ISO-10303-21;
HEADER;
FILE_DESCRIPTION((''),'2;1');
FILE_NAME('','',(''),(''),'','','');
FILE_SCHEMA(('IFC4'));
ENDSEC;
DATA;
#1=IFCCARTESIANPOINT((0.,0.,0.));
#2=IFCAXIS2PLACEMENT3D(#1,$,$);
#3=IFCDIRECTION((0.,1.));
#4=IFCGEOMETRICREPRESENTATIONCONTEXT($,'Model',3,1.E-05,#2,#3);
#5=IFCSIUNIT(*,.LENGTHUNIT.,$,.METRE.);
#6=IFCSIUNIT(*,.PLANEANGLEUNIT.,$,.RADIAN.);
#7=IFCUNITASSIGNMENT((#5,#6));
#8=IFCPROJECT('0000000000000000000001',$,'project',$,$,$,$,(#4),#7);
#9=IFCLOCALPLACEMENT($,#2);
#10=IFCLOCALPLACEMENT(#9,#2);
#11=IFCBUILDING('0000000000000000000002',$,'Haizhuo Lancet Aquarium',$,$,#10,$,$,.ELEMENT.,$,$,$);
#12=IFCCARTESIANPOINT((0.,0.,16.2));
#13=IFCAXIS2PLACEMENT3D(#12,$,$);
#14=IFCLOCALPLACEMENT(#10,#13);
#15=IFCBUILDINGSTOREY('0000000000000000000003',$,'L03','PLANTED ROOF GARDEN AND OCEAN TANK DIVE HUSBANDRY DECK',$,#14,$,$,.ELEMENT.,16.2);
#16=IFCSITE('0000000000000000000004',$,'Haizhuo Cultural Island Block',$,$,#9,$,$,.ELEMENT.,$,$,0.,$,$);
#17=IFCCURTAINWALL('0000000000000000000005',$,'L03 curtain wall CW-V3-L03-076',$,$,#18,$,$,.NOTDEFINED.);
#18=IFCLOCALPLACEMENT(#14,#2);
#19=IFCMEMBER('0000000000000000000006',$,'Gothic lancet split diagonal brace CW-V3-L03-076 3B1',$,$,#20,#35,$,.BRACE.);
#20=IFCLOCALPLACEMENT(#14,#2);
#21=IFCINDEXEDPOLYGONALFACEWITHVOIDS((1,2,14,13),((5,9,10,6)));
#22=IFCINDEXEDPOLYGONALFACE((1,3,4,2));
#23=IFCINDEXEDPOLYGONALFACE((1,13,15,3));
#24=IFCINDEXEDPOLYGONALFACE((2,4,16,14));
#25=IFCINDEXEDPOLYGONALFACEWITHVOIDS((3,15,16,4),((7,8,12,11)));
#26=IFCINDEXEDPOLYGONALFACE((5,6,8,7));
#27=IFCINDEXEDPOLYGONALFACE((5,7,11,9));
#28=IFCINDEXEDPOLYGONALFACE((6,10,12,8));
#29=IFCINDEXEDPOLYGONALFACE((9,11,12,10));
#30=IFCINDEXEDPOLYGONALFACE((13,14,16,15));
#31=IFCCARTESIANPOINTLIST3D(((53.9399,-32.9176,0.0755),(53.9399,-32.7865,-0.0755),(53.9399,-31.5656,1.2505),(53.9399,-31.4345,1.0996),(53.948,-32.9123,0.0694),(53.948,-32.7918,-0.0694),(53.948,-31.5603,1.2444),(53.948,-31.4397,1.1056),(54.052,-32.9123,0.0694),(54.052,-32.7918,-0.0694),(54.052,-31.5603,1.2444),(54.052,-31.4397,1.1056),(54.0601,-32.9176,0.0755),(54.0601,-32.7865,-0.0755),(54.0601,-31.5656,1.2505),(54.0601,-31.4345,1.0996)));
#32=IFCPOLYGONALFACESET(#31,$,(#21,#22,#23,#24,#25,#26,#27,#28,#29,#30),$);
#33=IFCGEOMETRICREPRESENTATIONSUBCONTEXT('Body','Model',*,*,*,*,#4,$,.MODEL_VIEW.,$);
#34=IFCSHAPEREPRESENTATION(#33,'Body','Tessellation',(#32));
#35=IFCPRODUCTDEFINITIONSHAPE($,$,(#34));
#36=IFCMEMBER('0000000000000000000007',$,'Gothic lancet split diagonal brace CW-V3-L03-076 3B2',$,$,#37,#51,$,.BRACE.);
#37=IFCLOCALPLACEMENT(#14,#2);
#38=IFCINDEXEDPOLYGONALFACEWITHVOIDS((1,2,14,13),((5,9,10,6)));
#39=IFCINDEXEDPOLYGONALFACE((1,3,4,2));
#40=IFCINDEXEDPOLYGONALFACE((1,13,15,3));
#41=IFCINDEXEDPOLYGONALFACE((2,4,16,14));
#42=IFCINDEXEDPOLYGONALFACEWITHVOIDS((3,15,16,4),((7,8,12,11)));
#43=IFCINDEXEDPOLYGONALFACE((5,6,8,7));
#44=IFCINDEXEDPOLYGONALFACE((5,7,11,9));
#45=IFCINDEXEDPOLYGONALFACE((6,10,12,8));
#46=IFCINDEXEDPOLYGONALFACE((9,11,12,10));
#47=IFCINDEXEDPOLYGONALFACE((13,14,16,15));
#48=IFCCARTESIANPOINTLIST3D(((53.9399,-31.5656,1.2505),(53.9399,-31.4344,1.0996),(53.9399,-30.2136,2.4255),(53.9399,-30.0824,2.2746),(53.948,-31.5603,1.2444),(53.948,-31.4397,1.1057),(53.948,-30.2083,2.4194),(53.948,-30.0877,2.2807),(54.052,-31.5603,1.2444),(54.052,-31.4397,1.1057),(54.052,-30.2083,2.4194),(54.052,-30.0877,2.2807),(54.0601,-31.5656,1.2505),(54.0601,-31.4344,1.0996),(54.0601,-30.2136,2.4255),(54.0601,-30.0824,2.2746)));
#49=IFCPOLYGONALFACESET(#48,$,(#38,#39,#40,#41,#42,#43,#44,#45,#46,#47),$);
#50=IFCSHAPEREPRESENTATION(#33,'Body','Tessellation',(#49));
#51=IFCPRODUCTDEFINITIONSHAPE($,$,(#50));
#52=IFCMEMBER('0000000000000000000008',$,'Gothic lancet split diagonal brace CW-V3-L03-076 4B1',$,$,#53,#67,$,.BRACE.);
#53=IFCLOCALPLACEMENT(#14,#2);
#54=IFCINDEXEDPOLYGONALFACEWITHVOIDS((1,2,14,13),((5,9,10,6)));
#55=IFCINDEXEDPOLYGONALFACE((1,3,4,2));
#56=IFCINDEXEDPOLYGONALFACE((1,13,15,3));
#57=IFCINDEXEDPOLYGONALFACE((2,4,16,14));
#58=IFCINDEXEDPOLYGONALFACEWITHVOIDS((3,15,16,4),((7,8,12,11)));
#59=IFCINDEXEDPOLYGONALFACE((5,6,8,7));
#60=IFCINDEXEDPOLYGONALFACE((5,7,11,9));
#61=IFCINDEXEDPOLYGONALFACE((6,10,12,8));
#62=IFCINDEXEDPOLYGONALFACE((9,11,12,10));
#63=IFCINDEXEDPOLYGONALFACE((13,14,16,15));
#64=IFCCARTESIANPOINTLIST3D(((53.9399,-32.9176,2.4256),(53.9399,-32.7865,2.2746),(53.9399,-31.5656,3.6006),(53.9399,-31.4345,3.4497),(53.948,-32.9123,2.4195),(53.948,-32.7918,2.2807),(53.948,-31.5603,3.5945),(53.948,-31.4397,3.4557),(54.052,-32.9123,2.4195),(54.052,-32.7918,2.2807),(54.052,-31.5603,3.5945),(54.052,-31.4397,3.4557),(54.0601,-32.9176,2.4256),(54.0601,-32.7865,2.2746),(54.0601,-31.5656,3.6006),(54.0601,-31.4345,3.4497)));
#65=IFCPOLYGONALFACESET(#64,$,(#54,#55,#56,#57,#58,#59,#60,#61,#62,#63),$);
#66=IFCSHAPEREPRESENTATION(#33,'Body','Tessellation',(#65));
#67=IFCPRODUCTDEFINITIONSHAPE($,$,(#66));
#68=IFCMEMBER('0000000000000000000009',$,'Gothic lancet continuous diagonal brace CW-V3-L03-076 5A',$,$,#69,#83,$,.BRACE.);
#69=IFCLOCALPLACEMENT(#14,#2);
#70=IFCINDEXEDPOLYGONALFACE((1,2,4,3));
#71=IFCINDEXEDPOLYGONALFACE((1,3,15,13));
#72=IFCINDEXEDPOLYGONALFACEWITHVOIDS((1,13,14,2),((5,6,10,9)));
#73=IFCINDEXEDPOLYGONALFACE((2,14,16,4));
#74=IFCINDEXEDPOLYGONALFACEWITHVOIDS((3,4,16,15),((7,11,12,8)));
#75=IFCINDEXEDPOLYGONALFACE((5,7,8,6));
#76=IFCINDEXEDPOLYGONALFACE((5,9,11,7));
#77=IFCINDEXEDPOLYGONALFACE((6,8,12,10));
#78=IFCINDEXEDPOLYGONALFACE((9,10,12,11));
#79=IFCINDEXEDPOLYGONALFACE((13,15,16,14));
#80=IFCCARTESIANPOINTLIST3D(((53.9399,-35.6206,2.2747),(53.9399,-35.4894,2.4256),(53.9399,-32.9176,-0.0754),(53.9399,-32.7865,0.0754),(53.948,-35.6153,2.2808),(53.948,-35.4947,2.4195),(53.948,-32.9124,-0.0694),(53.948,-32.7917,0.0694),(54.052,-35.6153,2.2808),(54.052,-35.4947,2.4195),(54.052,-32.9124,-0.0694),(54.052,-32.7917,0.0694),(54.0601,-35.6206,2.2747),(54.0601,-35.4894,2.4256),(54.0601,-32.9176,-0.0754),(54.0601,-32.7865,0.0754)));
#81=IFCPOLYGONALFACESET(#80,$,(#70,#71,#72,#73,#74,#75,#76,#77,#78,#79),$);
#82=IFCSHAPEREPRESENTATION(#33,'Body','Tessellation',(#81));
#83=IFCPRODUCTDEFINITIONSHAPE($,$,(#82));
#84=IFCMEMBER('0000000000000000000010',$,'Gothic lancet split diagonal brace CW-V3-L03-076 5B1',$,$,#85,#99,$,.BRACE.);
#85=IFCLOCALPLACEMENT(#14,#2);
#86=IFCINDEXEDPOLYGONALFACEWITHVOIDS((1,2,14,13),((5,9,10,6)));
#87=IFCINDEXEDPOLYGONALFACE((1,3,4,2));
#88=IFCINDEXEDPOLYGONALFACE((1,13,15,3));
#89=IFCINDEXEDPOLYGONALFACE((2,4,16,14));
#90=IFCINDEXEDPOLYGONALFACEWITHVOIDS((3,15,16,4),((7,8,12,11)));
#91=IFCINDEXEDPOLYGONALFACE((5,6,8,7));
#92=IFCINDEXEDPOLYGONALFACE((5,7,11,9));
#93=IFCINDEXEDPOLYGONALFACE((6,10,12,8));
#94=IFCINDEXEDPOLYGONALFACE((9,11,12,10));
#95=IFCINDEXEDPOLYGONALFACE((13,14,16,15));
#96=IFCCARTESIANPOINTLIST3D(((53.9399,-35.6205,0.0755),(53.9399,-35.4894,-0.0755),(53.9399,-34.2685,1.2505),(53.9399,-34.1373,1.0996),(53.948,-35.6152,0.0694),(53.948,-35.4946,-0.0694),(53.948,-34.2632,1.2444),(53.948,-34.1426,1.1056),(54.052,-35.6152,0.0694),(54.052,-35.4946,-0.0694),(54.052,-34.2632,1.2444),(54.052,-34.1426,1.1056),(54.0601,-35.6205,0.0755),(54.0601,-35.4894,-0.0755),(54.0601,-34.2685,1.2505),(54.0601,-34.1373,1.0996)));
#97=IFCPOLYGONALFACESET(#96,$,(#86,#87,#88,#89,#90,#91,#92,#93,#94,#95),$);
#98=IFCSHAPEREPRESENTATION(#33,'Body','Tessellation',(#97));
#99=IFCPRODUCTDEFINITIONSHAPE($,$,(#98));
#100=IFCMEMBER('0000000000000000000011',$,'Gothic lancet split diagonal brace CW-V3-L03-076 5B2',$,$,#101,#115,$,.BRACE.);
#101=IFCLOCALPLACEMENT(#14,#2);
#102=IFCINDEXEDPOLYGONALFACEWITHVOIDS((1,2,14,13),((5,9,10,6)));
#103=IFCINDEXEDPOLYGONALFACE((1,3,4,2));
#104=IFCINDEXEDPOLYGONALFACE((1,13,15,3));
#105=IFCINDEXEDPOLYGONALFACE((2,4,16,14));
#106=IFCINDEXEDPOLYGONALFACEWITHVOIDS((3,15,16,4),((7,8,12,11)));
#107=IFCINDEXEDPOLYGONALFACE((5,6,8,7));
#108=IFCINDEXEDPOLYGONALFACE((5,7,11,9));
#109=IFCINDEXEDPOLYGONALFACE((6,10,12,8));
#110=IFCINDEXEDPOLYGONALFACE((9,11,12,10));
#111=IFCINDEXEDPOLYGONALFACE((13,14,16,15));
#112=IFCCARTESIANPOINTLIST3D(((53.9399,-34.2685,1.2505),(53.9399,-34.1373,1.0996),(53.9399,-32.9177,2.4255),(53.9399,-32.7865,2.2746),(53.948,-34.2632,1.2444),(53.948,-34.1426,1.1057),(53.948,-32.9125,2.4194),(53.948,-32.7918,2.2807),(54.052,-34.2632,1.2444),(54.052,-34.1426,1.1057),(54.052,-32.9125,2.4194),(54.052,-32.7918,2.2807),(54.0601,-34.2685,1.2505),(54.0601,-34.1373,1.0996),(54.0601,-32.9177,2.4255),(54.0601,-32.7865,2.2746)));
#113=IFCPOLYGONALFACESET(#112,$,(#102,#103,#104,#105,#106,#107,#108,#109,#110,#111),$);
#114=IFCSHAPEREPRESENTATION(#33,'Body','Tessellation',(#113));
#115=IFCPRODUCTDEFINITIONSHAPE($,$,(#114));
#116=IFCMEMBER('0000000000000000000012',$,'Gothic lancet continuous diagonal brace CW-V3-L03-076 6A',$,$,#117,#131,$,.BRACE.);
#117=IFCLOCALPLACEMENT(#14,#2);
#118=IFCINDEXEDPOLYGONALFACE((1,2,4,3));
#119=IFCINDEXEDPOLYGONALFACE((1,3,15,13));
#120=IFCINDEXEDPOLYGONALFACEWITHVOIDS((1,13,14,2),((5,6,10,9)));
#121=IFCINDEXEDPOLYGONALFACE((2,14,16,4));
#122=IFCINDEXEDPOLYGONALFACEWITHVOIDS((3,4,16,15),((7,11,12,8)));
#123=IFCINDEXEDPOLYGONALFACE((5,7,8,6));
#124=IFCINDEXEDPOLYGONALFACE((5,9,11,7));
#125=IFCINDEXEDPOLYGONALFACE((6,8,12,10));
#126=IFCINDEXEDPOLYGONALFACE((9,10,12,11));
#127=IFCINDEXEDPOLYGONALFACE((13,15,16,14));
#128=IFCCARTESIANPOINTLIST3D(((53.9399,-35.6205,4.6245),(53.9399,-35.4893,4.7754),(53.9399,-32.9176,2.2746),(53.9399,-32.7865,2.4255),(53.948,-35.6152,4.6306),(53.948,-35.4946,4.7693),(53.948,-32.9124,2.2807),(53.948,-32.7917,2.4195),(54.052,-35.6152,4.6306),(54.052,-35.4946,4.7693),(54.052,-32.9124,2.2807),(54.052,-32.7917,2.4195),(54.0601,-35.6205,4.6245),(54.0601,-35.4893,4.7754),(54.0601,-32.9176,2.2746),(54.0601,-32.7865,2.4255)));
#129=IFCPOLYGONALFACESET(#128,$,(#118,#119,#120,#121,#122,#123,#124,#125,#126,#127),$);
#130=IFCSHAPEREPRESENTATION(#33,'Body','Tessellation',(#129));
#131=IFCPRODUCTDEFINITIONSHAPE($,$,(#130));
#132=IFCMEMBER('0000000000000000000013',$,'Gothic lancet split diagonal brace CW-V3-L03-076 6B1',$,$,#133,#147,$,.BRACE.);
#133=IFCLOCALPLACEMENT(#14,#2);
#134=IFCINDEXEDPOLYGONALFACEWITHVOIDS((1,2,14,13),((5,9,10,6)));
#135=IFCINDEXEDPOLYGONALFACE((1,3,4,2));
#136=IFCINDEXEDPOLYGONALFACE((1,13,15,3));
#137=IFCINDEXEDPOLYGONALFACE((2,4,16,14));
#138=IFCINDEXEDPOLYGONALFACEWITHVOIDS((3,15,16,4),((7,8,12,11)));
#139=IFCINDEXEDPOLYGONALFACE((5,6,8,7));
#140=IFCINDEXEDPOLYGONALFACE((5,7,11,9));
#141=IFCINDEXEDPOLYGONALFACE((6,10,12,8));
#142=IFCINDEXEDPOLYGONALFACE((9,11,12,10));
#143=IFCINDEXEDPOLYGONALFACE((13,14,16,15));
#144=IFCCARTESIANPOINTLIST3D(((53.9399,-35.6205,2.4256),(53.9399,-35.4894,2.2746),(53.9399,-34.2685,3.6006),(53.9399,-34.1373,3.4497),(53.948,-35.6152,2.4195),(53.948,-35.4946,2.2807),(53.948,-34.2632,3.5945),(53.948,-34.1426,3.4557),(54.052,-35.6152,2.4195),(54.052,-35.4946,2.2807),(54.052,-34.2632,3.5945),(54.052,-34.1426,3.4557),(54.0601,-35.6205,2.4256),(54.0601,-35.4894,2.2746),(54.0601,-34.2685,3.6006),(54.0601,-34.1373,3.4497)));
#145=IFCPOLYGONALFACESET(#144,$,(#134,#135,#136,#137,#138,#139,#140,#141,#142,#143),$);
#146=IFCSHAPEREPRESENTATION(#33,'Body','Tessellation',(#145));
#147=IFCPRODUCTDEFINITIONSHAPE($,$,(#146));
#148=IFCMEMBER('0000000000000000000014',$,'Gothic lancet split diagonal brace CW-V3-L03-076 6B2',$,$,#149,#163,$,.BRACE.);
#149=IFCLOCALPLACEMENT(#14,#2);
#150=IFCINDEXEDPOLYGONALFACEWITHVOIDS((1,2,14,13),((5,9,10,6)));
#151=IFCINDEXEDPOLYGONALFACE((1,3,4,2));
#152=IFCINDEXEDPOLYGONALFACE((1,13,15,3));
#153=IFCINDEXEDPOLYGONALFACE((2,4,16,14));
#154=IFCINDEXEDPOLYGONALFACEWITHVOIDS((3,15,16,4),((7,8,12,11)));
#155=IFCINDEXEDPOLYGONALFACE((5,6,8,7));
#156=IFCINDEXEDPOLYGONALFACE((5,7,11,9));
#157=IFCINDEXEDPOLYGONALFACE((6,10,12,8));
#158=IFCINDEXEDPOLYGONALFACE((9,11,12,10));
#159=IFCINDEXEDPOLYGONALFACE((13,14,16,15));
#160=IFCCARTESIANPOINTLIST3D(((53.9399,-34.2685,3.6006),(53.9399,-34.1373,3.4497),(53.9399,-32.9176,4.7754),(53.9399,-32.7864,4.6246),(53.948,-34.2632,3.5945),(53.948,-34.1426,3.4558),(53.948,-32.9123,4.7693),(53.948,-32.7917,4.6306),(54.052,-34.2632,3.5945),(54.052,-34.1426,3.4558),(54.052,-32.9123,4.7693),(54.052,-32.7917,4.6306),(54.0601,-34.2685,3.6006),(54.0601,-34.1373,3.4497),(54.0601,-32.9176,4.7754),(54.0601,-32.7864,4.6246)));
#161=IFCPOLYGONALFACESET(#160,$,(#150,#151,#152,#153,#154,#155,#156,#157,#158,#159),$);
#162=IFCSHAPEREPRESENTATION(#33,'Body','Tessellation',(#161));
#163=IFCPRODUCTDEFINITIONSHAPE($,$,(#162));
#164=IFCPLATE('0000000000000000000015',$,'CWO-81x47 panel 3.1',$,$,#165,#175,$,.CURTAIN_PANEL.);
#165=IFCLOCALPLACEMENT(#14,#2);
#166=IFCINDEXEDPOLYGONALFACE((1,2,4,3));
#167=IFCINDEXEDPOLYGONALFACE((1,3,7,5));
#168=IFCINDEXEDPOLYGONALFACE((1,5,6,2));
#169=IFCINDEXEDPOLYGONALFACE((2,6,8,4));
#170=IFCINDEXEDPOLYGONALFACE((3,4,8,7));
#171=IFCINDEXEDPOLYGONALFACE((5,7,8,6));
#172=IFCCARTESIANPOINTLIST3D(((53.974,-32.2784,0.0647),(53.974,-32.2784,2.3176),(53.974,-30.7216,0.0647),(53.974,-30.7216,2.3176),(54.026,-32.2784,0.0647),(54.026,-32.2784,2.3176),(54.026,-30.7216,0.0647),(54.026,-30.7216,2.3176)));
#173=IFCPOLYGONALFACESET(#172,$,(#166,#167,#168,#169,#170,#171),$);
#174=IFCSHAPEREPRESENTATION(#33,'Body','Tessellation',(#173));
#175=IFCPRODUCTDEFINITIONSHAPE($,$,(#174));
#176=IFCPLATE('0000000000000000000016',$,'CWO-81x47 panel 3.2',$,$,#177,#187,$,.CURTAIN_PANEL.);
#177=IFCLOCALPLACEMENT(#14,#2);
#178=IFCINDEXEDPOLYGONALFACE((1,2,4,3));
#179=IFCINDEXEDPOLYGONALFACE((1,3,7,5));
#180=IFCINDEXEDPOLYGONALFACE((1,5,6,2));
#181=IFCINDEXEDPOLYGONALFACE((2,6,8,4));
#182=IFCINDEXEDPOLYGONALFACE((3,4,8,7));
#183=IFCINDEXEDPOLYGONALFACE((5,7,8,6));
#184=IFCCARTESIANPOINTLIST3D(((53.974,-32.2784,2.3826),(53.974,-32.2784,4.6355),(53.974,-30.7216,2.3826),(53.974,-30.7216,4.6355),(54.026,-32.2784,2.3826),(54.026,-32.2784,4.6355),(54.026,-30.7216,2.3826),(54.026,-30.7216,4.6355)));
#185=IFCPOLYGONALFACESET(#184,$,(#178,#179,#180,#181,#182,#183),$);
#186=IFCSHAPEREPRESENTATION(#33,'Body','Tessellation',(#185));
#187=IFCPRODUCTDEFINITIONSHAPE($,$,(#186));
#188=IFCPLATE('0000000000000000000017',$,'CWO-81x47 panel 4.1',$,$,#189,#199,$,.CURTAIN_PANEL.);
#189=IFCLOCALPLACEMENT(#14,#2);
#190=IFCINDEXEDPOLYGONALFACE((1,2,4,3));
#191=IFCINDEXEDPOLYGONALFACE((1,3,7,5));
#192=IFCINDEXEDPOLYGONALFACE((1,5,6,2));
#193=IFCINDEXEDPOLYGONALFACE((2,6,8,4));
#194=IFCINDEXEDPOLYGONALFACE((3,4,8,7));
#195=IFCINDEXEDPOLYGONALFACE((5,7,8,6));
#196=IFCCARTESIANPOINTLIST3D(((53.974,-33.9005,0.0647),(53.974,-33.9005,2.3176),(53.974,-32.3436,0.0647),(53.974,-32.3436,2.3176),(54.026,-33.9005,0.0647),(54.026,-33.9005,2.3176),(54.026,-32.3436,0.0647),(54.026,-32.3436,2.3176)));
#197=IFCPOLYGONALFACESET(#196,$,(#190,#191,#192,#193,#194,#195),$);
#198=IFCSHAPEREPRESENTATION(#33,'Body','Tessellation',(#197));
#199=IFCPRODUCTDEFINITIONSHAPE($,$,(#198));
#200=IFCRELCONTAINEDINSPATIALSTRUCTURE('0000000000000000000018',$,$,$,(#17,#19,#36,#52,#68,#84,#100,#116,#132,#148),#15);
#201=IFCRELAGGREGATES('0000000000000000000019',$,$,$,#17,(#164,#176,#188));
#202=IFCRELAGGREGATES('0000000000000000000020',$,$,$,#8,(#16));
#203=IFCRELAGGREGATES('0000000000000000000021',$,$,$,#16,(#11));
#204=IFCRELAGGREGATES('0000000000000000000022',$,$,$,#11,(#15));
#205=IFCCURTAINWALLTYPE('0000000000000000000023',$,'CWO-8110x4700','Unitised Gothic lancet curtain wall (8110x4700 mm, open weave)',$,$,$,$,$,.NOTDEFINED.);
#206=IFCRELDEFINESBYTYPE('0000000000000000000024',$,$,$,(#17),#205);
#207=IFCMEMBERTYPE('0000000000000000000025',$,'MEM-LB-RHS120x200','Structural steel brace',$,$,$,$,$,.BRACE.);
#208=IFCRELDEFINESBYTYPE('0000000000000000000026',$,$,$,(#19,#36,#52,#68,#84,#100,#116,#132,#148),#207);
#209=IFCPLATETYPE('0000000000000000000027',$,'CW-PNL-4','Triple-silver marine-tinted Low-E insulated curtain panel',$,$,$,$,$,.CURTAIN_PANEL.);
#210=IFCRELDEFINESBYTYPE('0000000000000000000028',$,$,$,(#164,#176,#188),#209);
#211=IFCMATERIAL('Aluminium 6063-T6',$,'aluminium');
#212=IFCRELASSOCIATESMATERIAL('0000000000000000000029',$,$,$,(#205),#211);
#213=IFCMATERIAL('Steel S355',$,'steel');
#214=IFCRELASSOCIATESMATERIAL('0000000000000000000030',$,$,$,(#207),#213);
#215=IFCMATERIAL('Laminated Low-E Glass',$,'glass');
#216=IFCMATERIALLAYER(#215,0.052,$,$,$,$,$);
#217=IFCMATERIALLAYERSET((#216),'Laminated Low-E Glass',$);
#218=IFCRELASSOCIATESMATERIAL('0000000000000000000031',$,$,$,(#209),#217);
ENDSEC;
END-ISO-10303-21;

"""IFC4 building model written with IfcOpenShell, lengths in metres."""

from ifc_helpers import new_model, si_unit, direction, frame, origin, origin_2d, place, context, subcontext, project, spatial, rectangle, hollow_rectangle, extrude, material, layer, layer_set, material_profile, profile_set, type_object, element, aggregate, save


model = new_model("IFC4")

# Units and contexts
model_context = context("Model", 3, precision=1e-05, world=origin(), true_north=direction((0.0, 1.0)))
body_context = subcontext(model_context, "Body", "Model", "MODEL_VIEW")
ifc_project = project(units=[si_unit("LENGTHUNIT", "METRE"), si_unit("PLANEANGLEUNIT", "RADIAN")], contexts=[model_context])

# Site, building, storey
site_placement = place(None, origin())
site = spatial("IfcSite", under=ifc_project, at=site_placement, Name="Haizhuo Cultural Island Block", CompositionType="ELEMENT", RefElevation=0.0)
building_placement = place(site_placement, origin())
building = spatial("IfcBuilding", under=site, at=building_placement, Name="Haizhuo Lancet Aquarium", CompositionType="ELEMENT")
storey_placement = place(building_placement, frame((0.0, 0.0, 16.2)))
storey = spatial("IfcBuildingStorey", under=building, at=storey_placement, Name="L03", Description="PLANTED ROOF GARDEN AND OCEAN TANK DIVE HUSBANDRY DECK", CompositionType="ELEMENT", Elevation=16.2)

# Curtain wall
ifc_material_1 = material(Name="Aluminium 6063-T6", Category="aluminium")
curtain_wall_type = type_object("IfcCurtainWallType", Name="CWO-8110x4700", Description="Unitised Gothic lancet curtain wall (8110x4700 mm, open weave)", PredefinedType="NOTDEFINED", material=ifc_material_1)
curtain_wall_placement = place(storey_placement, origin())
curtain_wall = element("IfcCurtainWall", 1, at=curtain_wall_placement, inside=storey, type_object=curtain_wall_type, Name="L03 curtain wall CW-V3-L03-076", PredefinedType="NOTDEFINED")

# Members
ifc_material_2 = material(Name="Steel S355", Category="steel")
ifc_material_profile_1 = material_profile(ifc_material_2, hollow_rectangle(XDim=0.1201, YDim=0.2, WallThickness=0.0081, at=origin_2d()), Name="RHS 120x200x8")
ifc_profile_set_1 = profile_set([ifc_material_profile_1], Name="Steel S355")
member_type_1 = type_object("IfcMemberType", Name="MEM-LB-RHS120x200", Description="Structural steel brace", PredefinedType="BRACE", material=ifc_profile_set_1)
for number, where, z_axis, x_axis, name in (
    (2, (54.0, -32.8521, 0.0), (0.0, 0.754784, 0.655973), (-1.0, 0.0, 0.0), "Gothic lancet split diagonal brace CW-V3-L03-076 3B1"),
    (3, (54.0, -31.5, 1.175), (0.0, 0.754784, 0.655973), (-1.0, 0.0, 0.0), "Gothic lancet split diagonal brace CW-V3-L03-076 3B2"),
    (4, (54.0, -32.8521, 2.3501), (0.0, 0.754784, 0.655973), (-1.0, 0.0, 0.0), "Gothic lancet split diagonal brace CW-V3-L03-076 4B1"),
):
    element("IfcMember", number, at=place(storey_placement, frame(where, z_axis=z_axis, x_axis=x_axis)), inside=storey, type_object=member_type_1, Name=name, PredefinedType="BRACE", context=body_context, shape_type="SweptSolid", body=[
        extrude(hollow_rectangle(XDim=0.1201, YDim=0.2, WallThickness=0.0081, at=origin_2d()), origin(), (0.0, 0.0, 1.0), 1.7913),
    ])
member_1_placement = place(storey_placement, frame((54.0, -32.8521, 0.0), z_axis=(0.0, -0.754638, 0.656142), x_axis=(1.0, 0.0, 0.0)))
element("IfcMember", 5, at=member_1_placement, inside=storey, type_object=member_type_1, Name="Gothic lancet continuous diagonal brace CW-V3-L03-076 5A", PredefinedType="BRACE", context=body_context, shape_type="SweptSolid", body=[
    extrude(hollow_rectangle(XDim=0.1201, YDim=0.2, WallThickness=0.0081, at=origin_2d()), origin(), (0.0, 0.0, 1.0), 3.5818),
])
member_2_placement = place(storey_placement, frame((54.0, -35.5549, 0.0), z_axis=(0.0, 0.754784, 0.655973), x_axis=(-1.0, 0.0, 0.0)))
element("IfcMember", 6, at=member_2_placement, inside=storey, type_object=member_type_1, Name="Gothic lancet split diagonal brace CW-V3-L03-076 5B1", PredefinedType="BRACE", context=body_context, shape_type="SweptSolid", body=[
    extrude(hollow_rectangle(XDim=0.1201, YDim=0.2, WallThickness=0.0081, at=origin_2d()), origin(), (0.0, 0.0, 1.0), 1.7913),
])
member_3_placement = place(storey_placement, frame((54.0, -34.2029, 1.175), z_axis=(0.0, 0.754491, 0.65631), x_axis=(-1.0, 0.0, 0.0)))
element("IfcMember", 7, at=member_3_placement, inside=storey, type_object=member_type_1, Name="Gothic lancet split diagonal brace CW-V3-L03-076 5B2", PredefinedType="BRACE", context=body_context, shape_type="SweptSolid", body=[
    extrude(hollow_rectangle(XDim=0.1201, YDim=0.2, WallThickness=0.0081, at=origin_2d()), origin(), (0.0, 0.0, 1.0), 1.7903),
])
member_4_placement = place(storey_placement, frame((54.0, -32.8521, 2.3501), z_axis=(0.0, -0.754672, 0.656103), x_axis=(1.0, 0.0, 0.0)))
element("IfcMember", 8, at=member_4_placement, inside=storey, type_object=member_type_1, Name="Gothic lancet continuous diagonal brace CW-V3-L03-076 6A", PredefinedType="BRACE", context=body_context, shape_type="SweptSolid", body=[
    extrude(hollow_rectangle(XDim=0.1201, YDim=0.2, WallThickness=0.0081, at=origin_2d()), origin(), (0.0, 0.0, 1.0), 3.5815),
])
member_5_placement = place(storey_placement, frame((54.0, -35.5549, 2.3501), z_axis=(0.0, 0.754784, 0.655973), x_axis=(-1.0, 0.0, 0.0)))
element("IfcMember", 9, at=member_5_placement, inside=storey, type_object=member_type_1, Name="Gothic lancet split diagonal brace CW-V3-L03-076 6B1", PredefinedType="BRACE", context=body_context, shape_type="SweptSolid", body=[
    extrude(hollow_rectangle(XDim=0.1201, YDim=0.2, WallThickness=0.0081, at=origin_2d()), origin(), (0.0, 0.0, 1.0), 1.7913),
])
member_6_placement = place(storey_placement, frame((54.0, -34.2029, 3.5251), z_axis=(0.0, 0.754559, 0.656233), x_axis=(-1.0, 0.0, 0.0)))
element("IfcMember", 10, at=member_6_placement, inside=storey, type_object=member_type_1, Name="Gothic lancet split diagonal brace CW-V3-L03-076 6B2", PredefinedType="BRACE", context=body_context, shape_type="SweptSolid", body=[
    extrude(hollow_rectangle(XDim=0.1201, YDim=0.2, WallThickness=0.0081, at=origin_2d()), origin(), (0.0, 0.0, 1.0), 1.7903),
])

# Plates
ifc_material_3 = material(Name="Laminated Low-E Glass", Category="glass")
ifc_layer_1 = layer(ifc_material_3, 0.052)
ifc_layer_set_1 = layer_set([ifc_layer_1], Name="Laminated Low-E Glass")
plate_type = type_object("IfcPlateType", Name="CW-PNL-4", Description="Triple-silver marine-tinted Low-E insulated curtain panel", PredefinedType="CURTAIN_PANEL", material=ifc_layer_set_1)
plate_1_placement = place(storey_placement, frame((54.0, -31.5, 0.0647), z_axis=(0.0, 0.0, 1.0), x_axis=(0.0, -1.0, 0.0)))
plate_1 = element("IfcPlate", 11, at=plate_1_placement, type_object=plate_type, Name="CWO-81x47 panel 3.1", PredefinedType="CURTAIN_PANEL", context=body_context, shape_type="SweptSolid", body=[
    extrude(rectangle(XDim=1.5569, YDim=0.052, at=origin_2d()), origin(), (0.0, 0.0, 1.0), 2.2529),
])
plate_2_placement = place(storey_placement, frame((54.0, -31.5, 2.3826), z_axis=(0.0, 0.0, 1.0), x_axis=(0.0, -1.0, 0.0)))
plate_2 = element("IfcPlate", 12, at=plate_2_placement, type_object=plate_type, Name="CWO-81x47 panel 3.2", PredefinedType="CURTAIN_PANEL", context=body_context, shape_type="SweptSolid", body=[
    extrude(rectangle(XDim=1.5569, YDim=0.052, at=origin_2d()), origin(), (0.0, 0.0, 1.0), 2.2529),
])
plate_3_placement = place(storey_placement, frame((54.0, -33.1221, 0.0647), z_axis=(0.0, 0.0, 1.0), x_axis=(0.0, -1.0, 0.0)))
plate_3 = element("IfcPlate", 13, at=plate_3_placement, type_object=plate_type, Name="CWO-81x47 panel 4.1", PredefinedType="CURTAIN_PANEL", context=body_context, shape_type="SweptSolid", body=[
    extrude(rectangle(XDim=1.5569, YDim=0.052, at=origin_2d()), origin(), (0.0, 0.0, 1.0), 2.2529),
])
aggregate(curtain_wall, [plate_1, plate_2, plate_3])

save(model, "model.ifc")
